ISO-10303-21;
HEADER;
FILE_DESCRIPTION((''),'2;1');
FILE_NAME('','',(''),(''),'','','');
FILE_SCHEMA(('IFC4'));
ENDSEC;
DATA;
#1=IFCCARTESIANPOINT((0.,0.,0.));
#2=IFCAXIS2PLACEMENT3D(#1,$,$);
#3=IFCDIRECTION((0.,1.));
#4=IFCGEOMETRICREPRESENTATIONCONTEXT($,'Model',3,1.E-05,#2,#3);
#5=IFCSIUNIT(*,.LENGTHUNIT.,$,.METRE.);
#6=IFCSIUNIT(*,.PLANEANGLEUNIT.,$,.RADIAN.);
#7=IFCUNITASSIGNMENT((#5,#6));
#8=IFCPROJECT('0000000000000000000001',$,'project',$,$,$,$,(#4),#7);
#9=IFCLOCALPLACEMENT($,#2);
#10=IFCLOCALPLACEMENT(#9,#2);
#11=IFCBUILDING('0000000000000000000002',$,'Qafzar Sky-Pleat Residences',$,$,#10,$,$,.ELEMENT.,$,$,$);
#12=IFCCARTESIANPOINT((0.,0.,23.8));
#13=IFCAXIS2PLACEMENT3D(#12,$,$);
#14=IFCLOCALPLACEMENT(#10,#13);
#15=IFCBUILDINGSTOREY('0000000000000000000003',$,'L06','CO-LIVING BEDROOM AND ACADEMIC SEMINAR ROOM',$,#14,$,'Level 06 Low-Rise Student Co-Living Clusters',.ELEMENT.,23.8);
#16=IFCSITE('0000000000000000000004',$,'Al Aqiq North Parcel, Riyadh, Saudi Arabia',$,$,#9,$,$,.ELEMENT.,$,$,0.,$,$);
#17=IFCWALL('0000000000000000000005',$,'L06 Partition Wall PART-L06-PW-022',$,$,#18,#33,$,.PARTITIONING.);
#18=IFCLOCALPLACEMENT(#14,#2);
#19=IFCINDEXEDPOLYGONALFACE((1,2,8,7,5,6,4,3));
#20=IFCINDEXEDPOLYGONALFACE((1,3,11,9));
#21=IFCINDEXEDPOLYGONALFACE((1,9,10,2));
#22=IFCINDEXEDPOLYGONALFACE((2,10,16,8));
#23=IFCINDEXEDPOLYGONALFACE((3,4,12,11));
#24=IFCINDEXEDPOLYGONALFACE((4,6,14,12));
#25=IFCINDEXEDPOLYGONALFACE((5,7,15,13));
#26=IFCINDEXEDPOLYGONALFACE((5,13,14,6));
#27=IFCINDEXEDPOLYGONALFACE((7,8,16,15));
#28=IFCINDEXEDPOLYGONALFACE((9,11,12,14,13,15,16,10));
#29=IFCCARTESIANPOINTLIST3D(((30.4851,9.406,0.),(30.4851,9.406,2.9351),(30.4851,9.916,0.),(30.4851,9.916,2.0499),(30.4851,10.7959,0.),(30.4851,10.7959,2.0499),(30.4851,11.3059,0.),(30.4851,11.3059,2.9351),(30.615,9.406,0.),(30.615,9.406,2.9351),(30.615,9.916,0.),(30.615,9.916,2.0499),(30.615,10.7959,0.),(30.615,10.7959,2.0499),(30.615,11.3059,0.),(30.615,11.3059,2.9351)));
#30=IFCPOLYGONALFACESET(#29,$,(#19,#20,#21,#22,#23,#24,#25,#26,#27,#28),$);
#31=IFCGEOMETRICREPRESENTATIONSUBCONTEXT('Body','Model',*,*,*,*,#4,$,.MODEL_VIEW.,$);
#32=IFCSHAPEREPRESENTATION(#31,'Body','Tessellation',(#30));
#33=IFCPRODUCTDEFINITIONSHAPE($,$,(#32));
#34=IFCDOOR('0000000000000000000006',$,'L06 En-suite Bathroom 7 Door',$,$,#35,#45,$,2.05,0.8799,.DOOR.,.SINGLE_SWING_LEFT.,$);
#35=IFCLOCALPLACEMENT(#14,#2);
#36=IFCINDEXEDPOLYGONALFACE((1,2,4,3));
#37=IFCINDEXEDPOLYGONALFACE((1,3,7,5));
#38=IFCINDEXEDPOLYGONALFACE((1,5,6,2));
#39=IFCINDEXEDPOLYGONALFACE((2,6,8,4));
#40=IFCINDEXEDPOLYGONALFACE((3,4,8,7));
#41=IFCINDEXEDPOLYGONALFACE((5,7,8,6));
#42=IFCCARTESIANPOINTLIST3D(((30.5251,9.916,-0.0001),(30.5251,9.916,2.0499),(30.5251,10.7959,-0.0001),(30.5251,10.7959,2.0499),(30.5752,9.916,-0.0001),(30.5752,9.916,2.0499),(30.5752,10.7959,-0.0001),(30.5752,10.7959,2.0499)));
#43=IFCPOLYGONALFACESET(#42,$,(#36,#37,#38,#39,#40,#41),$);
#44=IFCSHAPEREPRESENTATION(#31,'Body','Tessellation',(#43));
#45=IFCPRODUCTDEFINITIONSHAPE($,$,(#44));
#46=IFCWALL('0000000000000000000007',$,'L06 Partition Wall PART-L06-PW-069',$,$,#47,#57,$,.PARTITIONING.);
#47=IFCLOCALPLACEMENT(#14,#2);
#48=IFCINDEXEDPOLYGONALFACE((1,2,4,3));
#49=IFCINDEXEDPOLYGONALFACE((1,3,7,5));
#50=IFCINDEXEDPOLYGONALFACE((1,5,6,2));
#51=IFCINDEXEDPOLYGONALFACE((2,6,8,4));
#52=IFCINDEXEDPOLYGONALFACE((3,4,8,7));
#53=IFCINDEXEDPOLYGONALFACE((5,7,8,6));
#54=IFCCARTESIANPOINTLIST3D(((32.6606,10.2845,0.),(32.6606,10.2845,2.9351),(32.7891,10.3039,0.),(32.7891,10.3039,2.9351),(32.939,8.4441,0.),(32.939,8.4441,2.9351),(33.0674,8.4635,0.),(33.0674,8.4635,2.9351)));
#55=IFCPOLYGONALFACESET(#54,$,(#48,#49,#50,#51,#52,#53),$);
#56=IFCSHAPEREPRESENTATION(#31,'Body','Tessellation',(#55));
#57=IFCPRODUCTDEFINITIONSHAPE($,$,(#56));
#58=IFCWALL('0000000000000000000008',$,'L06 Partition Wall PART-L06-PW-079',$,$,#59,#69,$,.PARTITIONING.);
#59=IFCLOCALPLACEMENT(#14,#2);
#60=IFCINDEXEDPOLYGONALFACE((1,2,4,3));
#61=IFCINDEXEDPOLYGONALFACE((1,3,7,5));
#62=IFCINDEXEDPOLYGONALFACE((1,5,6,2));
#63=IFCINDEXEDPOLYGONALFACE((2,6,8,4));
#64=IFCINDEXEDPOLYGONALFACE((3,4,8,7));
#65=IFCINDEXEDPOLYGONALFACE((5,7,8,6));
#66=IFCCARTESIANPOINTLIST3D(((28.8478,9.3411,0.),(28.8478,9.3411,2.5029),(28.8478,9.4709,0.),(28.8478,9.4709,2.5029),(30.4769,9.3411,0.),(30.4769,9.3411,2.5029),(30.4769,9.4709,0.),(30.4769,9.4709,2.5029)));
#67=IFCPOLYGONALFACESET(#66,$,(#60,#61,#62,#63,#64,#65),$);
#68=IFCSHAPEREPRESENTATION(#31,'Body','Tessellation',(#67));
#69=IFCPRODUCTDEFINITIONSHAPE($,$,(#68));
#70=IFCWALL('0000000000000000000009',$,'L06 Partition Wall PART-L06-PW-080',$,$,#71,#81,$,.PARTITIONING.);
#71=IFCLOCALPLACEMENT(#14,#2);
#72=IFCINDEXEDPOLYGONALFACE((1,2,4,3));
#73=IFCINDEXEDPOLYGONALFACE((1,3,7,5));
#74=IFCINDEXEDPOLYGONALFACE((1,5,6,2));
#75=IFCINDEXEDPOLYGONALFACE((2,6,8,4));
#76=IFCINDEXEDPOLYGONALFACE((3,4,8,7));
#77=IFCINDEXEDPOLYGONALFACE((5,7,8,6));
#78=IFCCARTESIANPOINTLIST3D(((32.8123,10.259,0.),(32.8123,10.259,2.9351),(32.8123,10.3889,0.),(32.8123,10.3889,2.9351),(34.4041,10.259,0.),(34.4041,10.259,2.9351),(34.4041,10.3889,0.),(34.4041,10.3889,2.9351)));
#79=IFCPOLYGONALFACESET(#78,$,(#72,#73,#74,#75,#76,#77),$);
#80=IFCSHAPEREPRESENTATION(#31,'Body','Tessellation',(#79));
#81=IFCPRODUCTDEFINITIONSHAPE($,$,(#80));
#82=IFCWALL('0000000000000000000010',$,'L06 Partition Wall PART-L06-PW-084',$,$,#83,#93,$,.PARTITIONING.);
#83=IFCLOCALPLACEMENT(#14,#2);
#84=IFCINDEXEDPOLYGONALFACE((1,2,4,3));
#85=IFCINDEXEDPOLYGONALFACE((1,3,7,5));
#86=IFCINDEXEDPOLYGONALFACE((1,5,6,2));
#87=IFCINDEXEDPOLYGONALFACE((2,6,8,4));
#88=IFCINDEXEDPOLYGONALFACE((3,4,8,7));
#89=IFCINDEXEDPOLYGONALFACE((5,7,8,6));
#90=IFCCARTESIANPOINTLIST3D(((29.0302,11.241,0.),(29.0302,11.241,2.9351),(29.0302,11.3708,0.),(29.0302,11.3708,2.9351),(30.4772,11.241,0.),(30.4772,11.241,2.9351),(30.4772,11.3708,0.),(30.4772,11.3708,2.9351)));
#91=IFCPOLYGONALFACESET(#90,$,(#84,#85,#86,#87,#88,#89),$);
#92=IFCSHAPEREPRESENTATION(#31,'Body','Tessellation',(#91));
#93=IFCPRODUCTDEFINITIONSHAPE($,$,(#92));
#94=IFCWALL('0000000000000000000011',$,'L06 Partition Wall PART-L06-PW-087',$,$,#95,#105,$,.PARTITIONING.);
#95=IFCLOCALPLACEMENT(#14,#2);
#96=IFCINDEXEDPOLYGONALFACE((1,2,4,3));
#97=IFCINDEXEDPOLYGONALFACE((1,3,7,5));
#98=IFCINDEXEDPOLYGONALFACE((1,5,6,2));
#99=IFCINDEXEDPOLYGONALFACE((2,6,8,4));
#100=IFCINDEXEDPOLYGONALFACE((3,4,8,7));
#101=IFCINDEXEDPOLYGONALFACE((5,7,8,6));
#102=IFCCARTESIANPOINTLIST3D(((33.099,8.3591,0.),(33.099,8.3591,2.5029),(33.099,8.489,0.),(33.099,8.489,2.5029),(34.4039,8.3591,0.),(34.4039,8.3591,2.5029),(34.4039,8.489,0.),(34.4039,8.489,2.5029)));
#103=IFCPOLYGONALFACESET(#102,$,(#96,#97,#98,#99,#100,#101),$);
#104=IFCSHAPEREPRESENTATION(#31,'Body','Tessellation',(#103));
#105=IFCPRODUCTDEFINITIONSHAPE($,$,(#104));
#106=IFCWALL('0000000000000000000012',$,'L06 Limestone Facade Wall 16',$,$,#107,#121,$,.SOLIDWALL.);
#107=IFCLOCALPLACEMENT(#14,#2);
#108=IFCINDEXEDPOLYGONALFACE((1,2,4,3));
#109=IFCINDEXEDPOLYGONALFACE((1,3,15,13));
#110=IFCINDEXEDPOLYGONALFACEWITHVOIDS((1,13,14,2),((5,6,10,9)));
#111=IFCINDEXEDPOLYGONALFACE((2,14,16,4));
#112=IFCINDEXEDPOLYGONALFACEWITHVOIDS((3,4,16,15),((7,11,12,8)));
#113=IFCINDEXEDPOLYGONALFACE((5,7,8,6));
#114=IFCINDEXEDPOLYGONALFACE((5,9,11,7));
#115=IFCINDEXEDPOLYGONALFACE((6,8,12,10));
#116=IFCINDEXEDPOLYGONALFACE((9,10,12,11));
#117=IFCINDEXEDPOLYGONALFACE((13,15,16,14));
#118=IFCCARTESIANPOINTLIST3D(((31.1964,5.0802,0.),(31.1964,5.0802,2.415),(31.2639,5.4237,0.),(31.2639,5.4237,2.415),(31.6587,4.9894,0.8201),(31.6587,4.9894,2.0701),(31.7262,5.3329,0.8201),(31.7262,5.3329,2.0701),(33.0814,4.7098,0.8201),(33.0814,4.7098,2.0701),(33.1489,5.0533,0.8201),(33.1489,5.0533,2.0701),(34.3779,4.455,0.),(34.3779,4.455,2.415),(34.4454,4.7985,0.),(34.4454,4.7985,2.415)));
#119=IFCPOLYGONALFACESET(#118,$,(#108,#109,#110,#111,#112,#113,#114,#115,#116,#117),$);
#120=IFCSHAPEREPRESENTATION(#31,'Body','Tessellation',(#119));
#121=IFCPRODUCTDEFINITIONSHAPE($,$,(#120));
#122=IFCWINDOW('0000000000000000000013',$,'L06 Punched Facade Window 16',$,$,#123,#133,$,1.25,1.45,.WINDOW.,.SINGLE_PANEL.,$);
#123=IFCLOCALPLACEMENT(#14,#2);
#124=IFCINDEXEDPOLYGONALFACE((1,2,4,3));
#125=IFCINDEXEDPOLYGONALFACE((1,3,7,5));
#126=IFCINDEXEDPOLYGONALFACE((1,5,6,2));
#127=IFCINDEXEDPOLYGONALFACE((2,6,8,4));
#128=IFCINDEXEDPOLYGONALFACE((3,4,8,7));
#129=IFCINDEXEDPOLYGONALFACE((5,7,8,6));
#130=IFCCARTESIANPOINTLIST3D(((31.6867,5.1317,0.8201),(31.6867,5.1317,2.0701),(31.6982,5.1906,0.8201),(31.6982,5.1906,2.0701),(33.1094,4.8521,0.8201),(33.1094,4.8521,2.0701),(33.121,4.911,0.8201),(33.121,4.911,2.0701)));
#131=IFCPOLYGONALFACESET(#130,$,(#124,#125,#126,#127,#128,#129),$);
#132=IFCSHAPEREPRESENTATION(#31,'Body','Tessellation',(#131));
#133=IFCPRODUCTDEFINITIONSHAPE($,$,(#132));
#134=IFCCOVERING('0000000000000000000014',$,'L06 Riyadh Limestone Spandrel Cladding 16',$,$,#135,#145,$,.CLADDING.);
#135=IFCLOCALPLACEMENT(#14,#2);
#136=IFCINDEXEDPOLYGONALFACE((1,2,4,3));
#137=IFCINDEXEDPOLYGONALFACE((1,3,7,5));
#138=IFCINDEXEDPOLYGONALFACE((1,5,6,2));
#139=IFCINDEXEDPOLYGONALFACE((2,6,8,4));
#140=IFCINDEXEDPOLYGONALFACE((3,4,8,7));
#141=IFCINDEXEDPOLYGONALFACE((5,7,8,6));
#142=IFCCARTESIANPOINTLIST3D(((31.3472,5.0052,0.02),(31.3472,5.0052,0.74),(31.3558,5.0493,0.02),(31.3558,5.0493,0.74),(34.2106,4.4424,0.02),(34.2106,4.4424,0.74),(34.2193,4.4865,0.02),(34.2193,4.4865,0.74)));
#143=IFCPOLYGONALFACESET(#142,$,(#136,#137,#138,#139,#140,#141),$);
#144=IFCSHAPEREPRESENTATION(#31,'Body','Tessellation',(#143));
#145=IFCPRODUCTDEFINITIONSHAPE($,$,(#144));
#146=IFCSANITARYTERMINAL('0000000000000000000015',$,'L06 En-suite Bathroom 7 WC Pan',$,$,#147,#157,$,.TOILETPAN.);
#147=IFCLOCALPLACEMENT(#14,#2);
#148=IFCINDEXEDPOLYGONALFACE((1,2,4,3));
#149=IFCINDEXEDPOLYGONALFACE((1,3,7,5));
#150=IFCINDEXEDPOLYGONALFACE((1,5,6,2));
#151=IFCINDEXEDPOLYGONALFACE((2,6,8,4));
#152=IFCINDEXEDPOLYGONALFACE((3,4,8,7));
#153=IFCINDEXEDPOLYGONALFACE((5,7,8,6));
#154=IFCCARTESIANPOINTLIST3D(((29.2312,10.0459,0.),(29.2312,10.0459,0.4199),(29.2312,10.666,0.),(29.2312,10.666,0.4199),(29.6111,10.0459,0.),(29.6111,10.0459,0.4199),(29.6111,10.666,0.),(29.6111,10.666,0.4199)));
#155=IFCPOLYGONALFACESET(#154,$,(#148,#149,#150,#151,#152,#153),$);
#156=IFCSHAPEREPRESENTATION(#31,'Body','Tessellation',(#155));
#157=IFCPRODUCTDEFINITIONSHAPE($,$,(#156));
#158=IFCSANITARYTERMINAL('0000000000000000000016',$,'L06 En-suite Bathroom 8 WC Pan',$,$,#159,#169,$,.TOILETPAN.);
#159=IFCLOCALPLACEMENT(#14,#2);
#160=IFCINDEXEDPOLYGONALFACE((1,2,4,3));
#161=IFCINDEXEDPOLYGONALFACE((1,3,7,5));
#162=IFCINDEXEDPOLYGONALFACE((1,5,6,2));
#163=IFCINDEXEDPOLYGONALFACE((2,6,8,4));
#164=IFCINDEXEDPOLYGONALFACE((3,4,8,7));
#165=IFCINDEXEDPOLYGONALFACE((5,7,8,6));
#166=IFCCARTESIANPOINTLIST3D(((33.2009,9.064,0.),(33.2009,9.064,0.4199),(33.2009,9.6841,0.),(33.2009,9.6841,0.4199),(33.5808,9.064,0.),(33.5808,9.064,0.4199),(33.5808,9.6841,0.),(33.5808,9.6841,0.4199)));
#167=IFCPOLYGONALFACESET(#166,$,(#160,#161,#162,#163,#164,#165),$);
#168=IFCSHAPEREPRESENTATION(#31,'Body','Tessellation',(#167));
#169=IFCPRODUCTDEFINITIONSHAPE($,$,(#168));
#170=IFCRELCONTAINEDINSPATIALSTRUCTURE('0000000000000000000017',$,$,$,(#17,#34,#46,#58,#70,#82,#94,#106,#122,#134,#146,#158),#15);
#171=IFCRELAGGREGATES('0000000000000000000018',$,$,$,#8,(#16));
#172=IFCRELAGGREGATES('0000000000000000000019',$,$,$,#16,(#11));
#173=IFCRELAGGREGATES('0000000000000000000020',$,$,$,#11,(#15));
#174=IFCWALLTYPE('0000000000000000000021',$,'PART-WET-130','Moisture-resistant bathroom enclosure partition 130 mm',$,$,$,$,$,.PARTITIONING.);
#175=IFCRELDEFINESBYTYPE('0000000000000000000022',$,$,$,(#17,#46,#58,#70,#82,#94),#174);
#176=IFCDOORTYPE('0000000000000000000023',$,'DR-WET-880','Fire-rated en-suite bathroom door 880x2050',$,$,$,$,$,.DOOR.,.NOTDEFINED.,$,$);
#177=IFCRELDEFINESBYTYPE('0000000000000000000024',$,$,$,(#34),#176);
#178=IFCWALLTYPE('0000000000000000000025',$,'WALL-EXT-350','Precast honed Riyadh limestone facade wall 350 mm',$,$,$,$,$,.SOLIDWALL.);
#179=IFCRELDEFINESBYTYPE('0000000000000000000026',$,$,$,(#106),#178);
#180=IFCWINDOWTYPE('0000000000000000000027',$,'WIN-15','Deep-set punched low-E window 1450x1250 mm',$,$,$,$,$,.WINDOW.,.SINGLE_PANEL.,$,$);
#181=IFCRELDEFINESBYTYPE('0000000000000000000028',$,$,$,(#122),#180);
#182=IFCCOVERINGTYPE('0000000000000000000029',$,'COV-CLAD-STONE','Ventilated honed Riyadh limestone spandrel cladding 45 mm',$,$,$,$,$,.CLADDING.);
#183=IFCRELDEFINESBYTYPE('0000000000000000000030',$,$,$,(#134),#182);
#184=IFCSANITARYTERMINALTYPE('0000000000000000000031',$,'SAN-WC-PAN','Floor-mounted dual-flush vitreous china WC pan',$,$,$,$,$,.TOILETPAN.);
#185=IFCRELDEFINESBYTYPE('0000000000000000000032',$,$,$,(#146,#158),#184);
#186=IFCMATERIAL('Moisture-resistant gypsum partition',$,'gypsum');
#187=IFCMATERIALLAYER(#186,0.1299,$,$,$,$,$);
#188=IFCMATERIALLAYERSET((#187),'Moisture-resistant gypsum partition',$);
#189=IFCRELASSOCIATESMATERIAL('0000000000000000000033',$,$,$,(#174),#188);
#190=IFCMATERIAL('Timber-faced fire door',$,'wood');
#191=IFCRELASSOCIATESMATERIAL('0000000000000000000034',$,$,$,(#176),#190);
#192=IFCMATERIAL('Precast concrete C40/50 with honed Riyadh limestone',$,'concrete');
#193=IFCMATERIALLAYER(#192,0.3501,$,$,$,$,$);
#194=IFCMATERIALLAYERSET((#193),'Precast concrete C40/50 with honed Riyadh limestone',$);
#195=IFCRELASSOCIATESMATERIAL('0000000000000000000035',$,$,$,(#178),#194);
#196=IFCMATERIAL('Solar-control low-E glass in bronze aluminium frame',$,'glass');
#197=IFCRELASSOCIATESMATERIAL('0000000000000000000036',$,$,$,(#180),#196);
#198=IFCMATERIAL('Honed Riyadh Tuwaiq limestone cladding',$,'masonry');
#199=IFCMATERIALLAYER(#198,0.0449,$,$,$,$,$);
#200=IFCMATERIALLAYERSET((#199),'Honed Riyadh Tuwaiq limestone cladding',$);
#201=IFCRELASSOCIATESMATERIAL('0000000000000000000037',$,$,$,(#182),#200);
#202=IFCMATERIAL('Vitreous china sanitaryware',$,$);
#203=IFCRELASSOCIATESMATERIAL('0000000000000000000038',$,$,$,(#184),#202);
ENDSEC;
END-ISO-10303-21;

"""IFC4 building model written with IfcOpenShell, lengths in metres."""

from ifc_helpers import new_model, si_unit, direction, frame, frame_2d, origin, origin_2d, place, context, subcontext, project, spatial, rectangle, extrude, source, transform, mapped, material, layer, layer_set, type_object, element, fill, save


model = new_model("IFC4")

# Units and contexts
model_context = context("Model", 3, precision=1e-05, world=origin(), true_north=direction((0.0, 1.0)))
body_context = subcontext(model_context, "Body", "Model", "MODEL_VIEW")
ifc_project = project(units=[si_unit("LENGTHUNIT", "METRE"), si_unit("PLANEANGLEUNIT", "RADIAN")], contexts=[model_context])

# Site, building, storey
site_placement = place(None, origin())
site = spatial("IfcSite", under=ifc_project, at=site_placement, Name="Al Aqiq North Parcel, Riyadh, Saudi Arabia", CompositionType="ELEMENT", RefElevation=0.0)
building_placement = place(site_placement, origin())
building = spatial("IfcBuilding", under=site, at=building_placement, Name="Qafzar Sky-Pleat Residences", CompositionType="ELEMENT")
storey_placement = place(building_placement, frame((0.0, 0.0, 23.8)))
storey = spatial("IfcBuildingStorey", under=building, at=storey_placement, Name="L06", Description="CO-LIVING BEDROOM AND ACADEMIC SEMINAR ROOM", LongName="Level 06 Low-Rise Student Co-Living Clusters", CompositionType="ELEMENT", Elevation=23.8)

# Wall, opening, door
ifc_material_1 = material(Name="Moisture-resistant gypsum partition", Category="gypsum")
ifc_layer_1 = layer(ifc_material_1, 0.1299)
ifc_layer_set_1 = layer_set([ifc_layer_1], Name="Moisture-resistant gypsum partition")
wall_type_1 = type_object("IfcWallType", Name="PART-WET-130", Description="Moisture-resistant bathroom enclosure partition 130 mm", PredefinedType="PARTITIONING", material=ifc_layer_set_1)
ifc_material_2 = material(Name="Timber-faced fire door", Category="wood")
door_type = type_object("IfcDoorType", Name="DR-WET-880", Description="Fire-rated en-suite bathroom door 880x2050", OperationType="NOTDEFINED", PredefinedType="DOOR", material=ifc_material_2)
shared_shape_1 = source(origin(), body_context, "Body", "SweptSolid", [
    extrude(rectangle(XDim=0.8799, YDim=2.05, at=frame_2d((0.4399, 1.0249))), frame((0.0, 0.0249, 0.0), z_axis=(0.0, -1.0, 0.0), x_axis=(1.0, 0.0, 0.0)), (0.0, 0.0, 1.0), 0.05),
])
wall_1_placement = place(storey_placement, frame((30.55, 9.406, 0.0), z_axis=(0.0, 0.0, 1.0), x_axis=(0.0, 1.0, 0.0)))
wall_1 = element("IfcWall", 1, at=wall_1_placement, inside=storey, type_object=wall_type_1, Name="L06 Partition Wall PART-L06-PW-022", PredefinedType="PARTITIONING", context=body_context, shape_type="SweptSolid", body=[
    extrude(rectangle(XDim=1.8999, YDim=0.1299, at=frame_2d((0.95, 0.0))), origin(), (0.0, 0.0, 1.0), 2.9351),
])
opening_1_placement = place(wall_1_placement, frame((0.51, 0.0, 0.0)))
opening_1 = element("IfcOpeningElement", 2, at=opening_1_placement, cuts=wall_1, PredefinedType="OPENING", context=body_context, shape_type="SweptSolid", body=[
    extrude(rectangle(XDim=0.8799, YDim=2.05, at=frame_2d((0.4399, 1.0249))), frame((0.0, 0.075, 0.0), z_axis=(0.0, -1.0, 0.0), x_axis=(1.0, 0.0, 0.0)), (0.0, 0.0, 1.0), 0.1499),
])
door_1_placement = place(opening_1_placement, origin())
door_1 = element("IfcDoor", 3, at=door_1_placement, inside=storey, type_object=door_type, Name="L06 En-suite Bathroom 7 Door", OperationType="SINGLE_SWING_LEFT", OverallHeight=2.05, OverallWidth=0.8799, PredefinedType="DOOR", context=body_context, shape_type="MappedRepresentation", body=[
    mapped(shared_shape_1, transform((0.0, 0.0, 0.0), x_axis=(1.0, 0.0, 0.0), y_axis=(0.0, 1.0, 0.0), z_axis=(0.0, 0.0, 1.0), scale=1.0)),
])
fill(opening_1, door_1)

# Walls
wall_2_placement = place(storey_placement, frame((32.7249, 10.2942, 0.0), z_axis=(0.0, 0.0, 1.0), x_axis=(0.149533, -0.988757, 0.0)))
element("IfcWall", 4, at=wall_2_placement, inside=storey, type_object=wall_type_1, Name="L06 Partition Wall PART-L06-PW-069", PredefinedType="PARTITIONING", context=body_context, shape_type="SweptSolid", body=[
    extrude(rectangle(XDim=1.8613, YDim=0.1299, at=frame_2d((0.9307, 0.0))), origin(), (0.0, 0.0, 1.0), 2.9351),
])
wall_3_placement = place(storey_placement, frame((28.8479, 9.406, 0.0), z_axis=(0.0, 0.0, 1.0), x_axis=(1.0, 0.0, 0.0)))
element("IfcWall", 5, at=wall_3_placement, inside=storey, type_object=wall_type_1, Name="L06 Partition Wall PART-L06-PW-079", PredefinedType="PARTITIONING", context=body_context, shape_type="SweptSolid", body=[
    extrude(rectangle(XDim=1.6292, YDim=0.1299, at=frame_2d((0.8145, 0.0))), origin(), (0.0, 0.0, 1.0), 2.5029),
])
wall_4_placement = place(storey_placement, frame((32.8123, 10.324, 0.0), z_axis=(0.0, 0.0, 1.0), x_axis=(1.0, 0.0, 0.0)))
element("IfcWall", 6, at=wall_4_placement, inside=storey, type_object=wall_type_1, Name="L06 Partition Wall PART-L06-PW-080", PredefinedType="PARTITIONING", context=body_context, shape_type="SweptSolid", body=[
    extrude(rectangle(XDim=1.5918, YDim=0.1299, at=frame_2d((0.7959, 0.0))), origin(), (0.0, 0.0, 1.0), 2.9351),
])
wall_5_placement = place(storey_placement, frame((29.03, 11.3059, 0.0), z_axis=(0.0, 0.0, 1.0), x_axis=(1.0, 0.0, 0.0)))
element("IfcWall", 7, at=wall_5_placement, inside=storey, type_object=wall_type_1, Name="L06 Partition Wall PART-L06-PW-084", PredefinedType="PARTITIONING", context=body_context, shape_type="SweptSolid", body=[
    extrude(rectangle(XDim=1.447, YDim=0.1299, at=frame_2d((0.7236, 0.0))), origin(), (0.0, 0.0, 1.0), 2.9351),
])
wall_6_placement = place(storey_placement, frame((33.0991, 8.4241, 0.0), z_axis=(0.0, 0.0, 1.0), x_axis=(1.0, 0.0, 0.0)))
element("IfcWall", 8, at=wall_6_placement, inside=storey, type_object=wall_type_1, Name="L06 Partition Wall PART-L06-PW-087", PredefinedType="PARTITIONING", context=body_context, shape_type="SweptSolid", body=[
    extrude(rectangle(XDim=1.3049, YDim=0.1299, at=frame_2d((0.6523, 0.0))), origin(), (0.0, 0.0, 1.0), 2.5029),
])

# Wall, opening, window
ifc_material_3 = material(Name="Precast concrete C40/50 with honed Riyadh limestone", Category="concrete")
ifc_layer_2 = layer(ifc_material_3, 0.3501)
ifc_layer_set_2 = layer_set([ifc_layer_2], Name="Precast concrete C40/50 with honed Riyadh limestone")
wall_type_2 = type_object("IfcWallType", Name="WALL-EXT-350", Description="Precast honed Riyadh limestone facade wall 350 mm", PredefinedType="SOLIDWALL", material=ifc_layer_set_2)
wall_7_placement = place(storey_placement, frame((31.2302, 5.252, 0.0), z_axis=(0.0, 0.0, 1.0), x_axis=(0.981233, -0.192828, 0.0)))
wall_7 = element("IfcWall", 9, at=wall_7_placement, inside=storey, type_object=wall_type_2, Name="L06 Limestone Facade Wall 16", PredefinedType="SOLIDWALL", context=body_context, shape_type="SweptSolid", body=[
    extrude(rectangle(XDim=3.2424, YDim=0.3501, at=frame_2d((1.6211, 0.0))), origin(), (0.0, 0.0, 1.0), 2.415),
])
opening_2_placement = place(wall_7_placement, frame((0.4709, 0.0, 0.8201)))
opening_2 = element("IfcOpeningElement", 10, at=opening_2_placement, cuts=wall_7, PredefinedType="OPENING", context=body_context, shape_type="SweptSolid", body=[
    extrude(rectangle(XDim=1.45, YDim=1.25, at=frame_2d((0.7251, 0.625))), frame((0.0, 0.1851, 0.0), z_axis=(0.0, -1.0, 0.0), x_axis=(1.0, 0.0, 0.0)), (0.0, 0.0, 1.0), 0.3701),
])
ifc_material_4 = material(Name="Solar-control low-E glass in bronze aluminium frame", Category="glass")
window_type = type_object("IfcWindowType", Name="WIN-15", Description="Deep-set punched low-E window 1450x1250 mm", PartitioningType="SINGLE_PANEL", PredefinedType="WINDOW", material=ifc_material_4)
shared_shape_2 = source(origin(), body_context, "Body", "SweptSolid", [
    extrude(rectangle(XDim=1.45, YDim=1.25, at=frame_2d((0.7251, 0.625))), frame((0.0, 0.03, 0.0), z_axis=(0.0, -1.0, 0.0), x_axis=(1.0, 0.0, 0.0)), (0.0, 0.0, 1.0), 0.0601),
])
window_placement = place(opening_2_placement, origin())
window = element("IfcWindow", 11, at=window_placement, inside=storey, type_object=window_type, Name="L06 Punched Facade Window 16", OverallHeight=1.25, OverallWidth=1.45, PartitioningType="SINGLE_PANEL", PredefinedType="WINDOW", context=body_context, shape_type="MappedRepresentation", body=[
    mapped(shared_shape_2, transform((0.0, 0.0, 0.0), x_axis=(1.0, 0.0, 0.0), y_axis=(0.0, 1.0, 0.0), z_axis=(0.0, 0.0, 1.0), scale=1.0)),
])
fill(opening_2, window)

# Covering
ifc_material_5 = material(Name="Honed Riyadh Tuwaiq limestone cladding", Category="masonry")
ifc_layer_3 = layer(ifc_material_5, 0.0449)
ifc_layer_set_3 = layer_set([ifc_layer_3], Name="Honed Riyadh Tuwaiq limestone cladding")
covering_type = type_object("IfcCoveringType", Name="COV-CLAD-STONE", Description="Ventilated honed Riyadh limestone spandrel cladding 45 mm", PredefinedType="CLADDING", material=ifc_layer_set_3)
shared_shape_3 = source(origin(), body_context, "Body", "SweptSolid", [
    extrude(rectangle(XDim=2.9182, YDim=0.0449, at=origin_2d()), origin(), (0.0, 0.0, 1.0), 0.72),
])
covering_placement = place(storey_placement, frame((32.7832, 4.7458, 0.02), z_axis=(0.0, 0.0, 1.0), x_axis=(0.98123, -0.192841, 0.0)))
element("IfcCovering", 12, at=covering_placement, inside=storey, type_object=covering_type, Name="L06 Riyadh Limestone Spandrel Cladding 16", PredefinedType="CLADDING", context=body_context, shape_type="MappedRepresentation", body=[
    mapped(shared_shape_3, transform((0.0, 0.0, 0.0), x_axis=(1.0, 0.0, 0.0), y_axis=(0.0, 1.0, 0.0), z_axis=(0.0, 0.0, 1.0), scale=1.0)),
])

# Sanitary terminals
ifc_material_6 = material(Name="Vitreous china sanitaryware")
sanitary_terminal_type_1 = type_object("IfcSanitaryTerminalType", Name="SAN-WC-PAN", Description="Floor-mounted dual-flush vitreous china WC pan", PredefinedType="TOILETPAN", material=ifc_material_6)
shared_shape_4 = source(origin(), body_context, "Body", "SweptSolid", [
    extrude(rectangle(XDim=0.3799, YDim=0.6201, at=origin_2d()), origin(), (0.0, 0.0, 1.0), 0.4199),
])
for number, where, z_axis, x_axis, name in (
    (13, (29.4211, 10.356, 0.0), (0.0, 0.0, 1.0), (1.0, 0.0, 0.0), "L06 En-suite Bathroom 7 WC Pan"),
    (14, (33.3909, 9.374, 0.0), (0.0, 0.0, 1.0), (1.0, 0.0, 0.0), "L06 En-suite Bathroom 8 WC Pan"),
):
    element("IfcSanitaryTerminal", number, at=place(storey_placement, frame(where, z_axis=z_axis, x_axis=x_axis)), inside=storey, type_object=sanitary_terminal_type_1, Name=name, PredefinedType="TOILETPAN", context=body_context, shape_type="MappedRepresentation", body=[
        mapped(shared_shape_4, transform((0.0, 0.0, 0.0), x_axis=(1.0, 0.0, 0.0), y_axis=(0.0, 1.0, 0.0), z_axis=(0.0, 0.0, 1.0), scale=1.0)),
    ])

save(model, "model.ifc")
